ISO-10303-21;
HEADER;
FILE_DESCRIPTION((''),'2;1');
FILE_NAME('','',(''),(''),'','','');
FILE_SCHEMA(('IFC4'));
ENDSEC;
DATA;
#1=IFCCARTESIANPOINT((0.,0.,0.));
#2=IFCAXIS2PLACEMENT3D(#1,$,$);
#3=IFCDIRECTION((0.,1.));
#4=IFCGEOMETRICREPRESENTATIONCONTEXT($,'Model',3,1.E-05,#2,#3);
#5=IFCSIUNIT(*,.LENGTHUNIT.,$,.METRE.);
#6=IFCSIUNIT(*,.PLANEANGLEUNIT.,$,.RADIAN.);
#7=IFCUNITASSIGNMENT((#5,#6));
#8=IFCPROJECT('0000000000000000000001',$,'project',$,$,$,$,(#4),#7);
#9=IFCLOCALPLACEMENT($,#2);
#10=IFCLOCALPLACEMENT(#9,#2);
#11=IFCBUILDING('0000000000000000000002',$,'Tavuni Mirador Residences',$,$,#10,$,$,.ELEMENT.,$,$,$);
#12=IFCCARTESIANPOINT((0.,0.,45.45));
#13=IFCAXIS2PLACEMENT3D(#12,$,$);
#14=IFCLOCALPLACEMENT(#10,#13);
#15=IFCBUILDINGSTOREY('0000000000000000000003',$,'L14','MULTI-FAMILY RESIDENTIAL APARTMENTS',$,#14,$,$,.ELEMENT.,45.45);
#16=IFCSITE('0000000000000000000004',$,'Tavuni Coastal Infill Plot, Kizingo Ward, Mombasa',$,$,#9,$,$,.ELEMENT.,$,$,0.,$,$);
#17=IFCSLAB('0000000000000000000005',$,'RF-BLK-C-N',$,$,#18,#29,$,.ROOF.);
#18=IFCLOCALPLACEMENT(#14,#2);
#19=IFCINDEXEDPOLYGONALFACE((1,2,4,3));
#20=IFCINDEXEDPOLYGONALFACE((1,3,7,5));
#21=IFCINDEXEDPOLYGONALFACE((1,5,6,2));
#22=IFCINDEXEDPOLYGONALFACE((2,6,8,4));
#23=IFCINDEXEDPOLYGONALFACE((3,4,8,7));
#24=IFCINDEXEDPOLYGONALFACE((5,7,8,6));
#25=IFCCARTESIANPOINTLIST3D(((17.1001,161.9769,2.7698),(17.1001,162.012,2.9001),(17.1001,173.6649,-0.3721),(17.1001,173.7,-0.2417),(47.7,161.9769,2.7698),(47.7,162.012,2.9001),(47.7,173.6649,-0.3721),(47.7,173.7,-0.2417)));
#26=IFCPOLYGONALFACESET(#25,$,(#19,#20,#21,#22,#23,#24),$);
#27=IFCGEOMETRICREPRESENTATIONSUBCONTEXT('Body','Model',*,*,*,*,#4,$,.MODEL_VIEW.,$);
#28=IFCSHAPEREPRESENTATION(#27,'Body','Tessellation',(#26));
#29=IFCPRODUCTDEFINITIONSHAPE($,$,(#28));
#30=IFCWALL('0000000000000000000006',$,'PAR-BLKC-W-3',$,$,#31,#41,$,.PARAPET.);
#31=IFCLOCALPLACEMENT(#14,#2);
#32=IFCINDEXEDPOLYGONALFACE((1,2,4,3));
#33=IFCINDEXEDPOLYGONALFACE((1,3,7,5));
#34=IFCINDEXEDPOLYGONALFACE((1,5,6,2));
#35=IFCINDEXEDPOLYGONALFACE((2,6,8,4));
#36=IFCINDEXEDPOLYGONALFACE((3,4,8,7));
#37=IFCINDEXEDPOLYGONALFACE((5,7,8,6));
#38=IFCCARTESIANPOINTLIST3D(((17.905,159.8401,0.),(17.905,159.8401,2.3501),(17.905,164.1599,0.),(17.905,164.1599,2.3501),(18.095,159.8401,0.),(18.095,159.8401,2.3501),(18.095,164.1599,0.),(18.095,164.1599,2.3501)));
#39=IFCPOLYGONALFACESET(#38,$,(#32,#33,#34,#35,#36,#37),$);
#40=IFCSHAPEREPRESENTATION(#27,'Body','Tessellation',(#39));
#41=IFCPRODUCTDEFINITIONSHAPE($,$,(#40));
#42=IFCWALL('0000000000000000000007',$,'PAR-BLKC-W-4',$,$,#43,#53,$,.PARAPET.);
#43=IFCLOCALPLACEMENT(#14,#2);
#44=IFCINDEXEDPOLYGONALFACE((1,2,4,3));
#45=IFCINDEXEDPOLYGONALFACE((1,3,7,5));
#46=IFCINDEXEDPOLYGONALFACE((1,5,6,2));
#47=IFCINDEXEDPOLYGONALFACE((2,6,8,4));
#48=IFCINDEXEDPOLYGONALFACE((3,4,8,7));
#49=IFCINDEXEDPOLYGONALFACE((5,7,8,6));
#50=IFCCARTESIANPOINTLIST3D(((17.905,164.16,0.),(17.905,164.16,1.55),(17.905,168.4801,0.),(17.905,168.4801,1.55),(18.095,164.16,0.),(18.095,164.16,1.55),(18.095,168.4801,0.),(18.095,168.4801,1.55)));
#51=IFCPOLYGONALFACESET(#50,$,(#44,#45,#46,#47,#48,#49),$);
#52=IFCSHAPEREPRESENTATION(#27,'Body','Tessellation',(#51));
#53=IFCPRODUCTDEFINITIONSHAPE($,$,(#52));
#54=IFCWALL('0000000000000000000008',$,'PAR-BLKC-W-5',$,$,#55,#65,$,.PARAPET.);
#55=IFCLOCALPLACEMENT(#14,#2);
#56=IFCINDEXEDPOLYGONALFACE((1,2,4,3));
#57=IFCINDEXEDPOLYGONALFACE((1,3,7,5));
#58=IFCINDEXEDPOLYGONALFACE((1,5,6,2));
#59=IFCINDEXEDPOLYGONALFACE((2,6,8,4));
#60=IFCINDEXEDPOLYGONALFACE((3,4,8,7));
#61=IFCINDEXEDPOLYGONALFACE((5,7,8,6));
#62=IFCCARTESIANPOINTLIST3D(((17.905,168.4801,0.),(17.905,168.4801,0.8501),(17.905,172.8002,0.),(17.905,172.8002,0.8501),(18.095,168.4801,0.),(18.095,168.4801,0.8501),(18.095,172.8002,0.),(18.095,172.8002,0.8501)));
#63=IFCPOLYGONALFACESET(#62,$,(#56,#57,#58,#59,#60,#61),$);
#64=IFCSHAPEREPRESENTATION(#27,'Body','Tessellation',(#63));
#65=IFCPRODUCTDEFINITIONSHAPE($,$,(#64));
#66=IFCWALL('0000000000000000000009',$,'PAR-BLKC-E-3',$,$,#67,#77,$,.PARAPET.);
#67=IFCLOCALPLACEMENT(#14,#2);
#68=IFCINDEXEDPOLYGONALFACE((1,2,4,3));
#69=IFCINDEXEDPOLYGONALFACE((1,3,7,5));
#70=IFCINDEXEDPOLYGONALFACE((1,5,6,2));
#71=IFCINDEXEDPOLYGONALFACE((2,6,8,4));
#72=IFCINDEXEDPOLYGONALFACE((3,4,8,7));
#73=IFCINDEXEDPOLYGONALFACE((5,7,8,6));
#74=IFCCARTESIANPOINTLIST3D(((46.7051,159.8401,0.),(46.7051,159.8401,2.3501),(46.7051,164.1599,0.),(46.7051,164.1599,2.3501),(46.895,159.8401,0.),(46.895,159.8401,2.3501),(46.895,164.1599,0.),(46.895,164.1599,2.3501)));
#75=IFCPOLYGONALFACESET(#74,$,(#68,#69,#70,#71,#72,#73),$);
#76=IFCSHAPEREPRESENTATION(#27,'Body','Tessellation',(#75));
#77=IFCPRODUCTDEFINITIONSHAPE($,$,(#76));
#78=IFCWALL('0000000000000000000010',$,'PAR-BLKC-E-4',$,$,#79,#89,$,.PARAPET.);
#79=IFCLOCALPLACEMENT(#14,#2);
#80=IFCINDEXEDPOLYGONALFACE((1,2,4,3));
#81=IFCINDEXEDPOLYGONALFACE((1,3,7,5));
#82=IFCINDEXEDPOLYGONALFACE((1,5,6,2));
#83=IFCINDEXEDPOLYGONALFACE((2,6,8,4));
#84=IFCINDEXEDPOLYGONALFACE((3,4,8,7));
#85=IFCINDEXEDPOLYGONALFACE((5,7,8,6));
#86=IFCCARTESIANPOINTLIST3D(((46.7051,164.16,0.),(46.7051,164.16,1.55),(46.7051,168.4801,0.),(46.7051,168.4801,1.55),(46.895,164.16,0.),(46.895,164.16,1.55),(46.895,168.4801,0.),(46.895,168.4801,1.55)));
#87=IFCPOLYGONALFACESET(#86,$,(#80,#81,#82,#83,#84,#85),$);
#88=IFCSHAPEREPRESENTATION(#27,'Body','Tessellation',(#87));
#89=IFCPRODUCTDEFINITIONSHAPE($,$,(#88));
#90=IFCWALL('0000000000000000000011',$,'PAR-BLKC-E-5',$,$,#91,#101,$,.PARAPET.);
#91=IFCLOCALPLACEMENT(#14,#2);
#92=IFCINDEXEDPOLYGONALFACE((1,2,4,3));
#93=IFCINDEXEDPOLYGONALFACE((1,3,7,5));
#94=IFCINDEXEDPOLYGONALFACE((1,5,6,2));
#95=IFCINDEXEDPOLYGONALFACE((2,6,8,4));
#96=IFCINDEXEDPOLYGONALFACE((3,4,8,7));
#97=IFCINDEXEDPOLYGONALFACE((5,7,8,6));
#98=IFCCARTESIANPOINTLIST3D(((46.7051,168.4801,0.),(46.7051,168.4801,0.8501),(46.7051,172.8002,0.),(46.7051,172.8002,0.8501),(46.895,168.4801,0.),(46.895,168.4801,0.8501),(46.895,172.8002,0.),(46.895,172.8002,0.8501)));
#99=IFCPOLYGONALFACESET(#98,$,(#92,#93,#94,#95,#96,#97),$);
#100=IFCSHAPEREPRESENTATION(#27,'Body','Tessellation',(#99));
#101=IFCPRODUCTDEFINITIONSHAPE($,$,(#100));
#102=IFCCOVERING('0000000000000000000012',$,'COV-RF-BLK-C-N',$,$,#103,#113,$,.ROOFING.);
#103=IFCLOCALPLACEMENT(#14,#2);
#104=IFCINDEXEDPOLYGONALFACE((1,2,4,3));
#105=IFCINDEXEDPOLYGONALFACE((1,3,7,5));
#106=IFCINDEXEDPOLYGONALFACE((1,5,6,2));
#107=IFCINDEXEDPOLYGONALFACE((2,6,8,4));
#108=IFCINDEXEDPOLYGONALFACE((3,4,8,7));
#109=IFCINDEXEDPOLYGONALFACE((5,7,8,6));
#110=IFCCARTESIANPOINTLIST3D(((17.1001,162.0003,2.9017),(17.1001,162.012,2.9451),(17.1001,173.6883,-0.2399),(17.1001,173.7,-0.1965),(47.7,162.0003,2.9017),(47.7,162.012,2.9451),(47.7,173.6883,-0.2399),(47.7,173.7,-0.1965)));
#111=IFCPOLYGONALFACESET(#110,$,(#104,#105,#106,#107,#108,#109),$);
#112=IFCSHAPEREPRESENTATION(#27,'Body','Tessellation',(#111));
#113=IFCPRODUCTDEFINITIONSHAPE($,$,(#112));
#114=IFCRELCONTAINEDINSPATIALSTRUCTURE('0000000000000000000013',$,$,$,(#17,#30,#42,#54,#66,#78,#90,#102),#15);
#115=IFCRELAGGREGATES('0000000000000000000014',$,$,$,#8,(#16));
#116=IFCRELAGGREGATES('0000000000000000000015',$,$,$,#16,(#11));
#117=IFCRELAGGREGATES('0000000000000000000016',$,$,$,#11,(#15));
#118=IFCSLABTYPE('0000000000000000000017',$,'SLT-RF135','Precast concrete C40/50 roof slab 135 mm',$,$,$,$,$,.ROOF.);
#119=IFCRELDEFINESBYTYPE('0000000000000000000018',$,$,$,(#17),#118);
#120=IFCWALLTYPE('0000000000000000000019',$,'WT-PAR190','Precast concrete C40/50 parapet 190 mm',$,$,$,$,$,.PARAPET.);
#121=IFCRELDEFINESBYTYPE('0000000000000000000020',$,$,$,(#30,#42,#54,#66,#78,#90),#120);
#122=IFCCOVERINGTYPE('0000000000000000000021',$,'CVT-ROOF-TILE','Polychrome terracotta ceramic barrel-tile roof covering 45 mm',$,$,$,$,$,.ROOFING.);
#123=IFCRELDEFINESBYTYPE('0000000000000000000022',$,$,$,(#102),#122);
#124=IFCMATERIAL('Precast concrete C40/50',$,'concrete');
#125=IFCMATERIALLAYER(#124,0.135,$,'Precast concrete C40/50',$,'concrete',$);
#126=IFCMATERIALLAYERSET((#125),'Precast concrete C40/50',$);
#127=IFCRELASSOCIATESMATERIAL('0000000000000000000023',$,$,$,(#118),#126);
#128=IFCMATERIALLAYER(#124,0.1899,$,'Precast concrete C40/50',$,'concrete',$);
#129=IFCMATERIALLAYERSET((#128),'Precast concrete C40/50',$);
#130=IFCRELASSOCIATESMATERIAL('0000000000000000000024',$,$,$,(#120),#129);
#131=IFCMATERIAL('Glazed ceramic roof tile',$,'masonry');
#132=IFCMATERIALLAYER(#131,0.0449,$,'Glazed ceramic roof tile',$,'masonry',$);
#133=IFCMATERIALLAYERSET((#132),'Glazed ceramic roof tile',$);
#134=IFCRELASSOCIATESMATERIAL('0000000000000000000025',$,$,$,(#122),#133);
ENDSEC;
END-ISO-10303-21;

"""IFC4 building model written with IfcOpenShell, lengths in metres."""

from ifc_helpers import new_model, si_unit, direction, frame, frame_2d, origin, place, context, subcontext, project, spatial, polyline, rectangle, outline, extrude, material, layer, layer_set, type_object, element, save


model = new_model("IFC4")

# Units and contexts
model_context = context("Model", 3, precision=1e-05, world=origin(), true_north=direction((0.0, 1.0)))
body_context = subcontext(model_context, "Body", "Model", "MODEL_VIEW")
ifc_project = project(units=[si_unit("LENGTHUNIT", "METRE"), si_unit("PLANEANGLEUNIT", "RADIAN")], contexts=[model_context])

# Site, building, storey
site_placement = place(None, origin())
site = spatial("IfcSite", under=ifc_project, at=site_placement, Name="Tavuni Coastal Infill Plot, Kizingo Ward, Mombasa", CompositionType="ELEMENT", RefElevation=0.0)
building_placement = place(site_placement, origin())
building = spatial("IfcBuilding", under=site, at=building_placement, Name="Tavuni Mirador Residences", CompositionType="ELEMENT")
storey_placement = place(building_placement, frame((0.0, 0.0, 45.45)))
storey = spatial("IfcBuildingStorey", under=building, at=storey_placement, Name="L14", Description="MULTI-FAMILY RESIDENTIAL APARTMENTS", CompositionType="ELEMENT", Elevation=45.45)

# Slab
ifc_material_1 = material(Name="Precast concrete C40/50", Category="concrete")
ifc_layer_1 = layer(ifc_material_1, 0.135, Name="Precast concrete C40/50", Category="concrete")
ifc_layer_set_1 = layer_set([ifc_layer_1], Name="Precast concrete C40/50")
slab_type = type_object("IfcSlabType", Name="SLT-RF135", Description="Precast concrete C40/50 roof slab 135 mm", PredefinedType="ROOF", material=ifc_layer_set_1)
slab_placement = place(storey_placement, frame((17.1001, 162.012, 2.9001), z_axis=(0.0, 0.259594, 0.965718), x_axis=(1.0, 0.0, 0.0)))
element("IfcSlab", 1, at=slab_placement, inside=storey, type_object=slab_type, Name="RF-BLK-C-N", PredefinedType="ROOF", context=body_context, shape_type="SweptSolid", body=[
    extrude(outline(polyline([(0.0, 0.0), (30.5999, 0.0), (30.5999, 12.1029), (0.0, 12.1029), (0.0, 0.0)])), origin(), (0.0, 0.0, -1.0), 0.135),
])

# Walls
ifc_layer_2 = layer(ifc_material_1, 0.1899, Name="Precast concrete C40/50", Category="concrete")
ifc_layer_set_2 = layer_set([ifc_layer_2], Name="Precast concrete C40/50")
wall_type = type_object("IfcWallType", Name="WT-PAR190", Description="Precast concrete C40/50 parapet 190 mm", PredefinedType="PARAPET", material=ifc_layer_set_2)
wall_1_placement = place(storey_placement, frame((18.0, 159.8401, 0.0), z_axis=(0.0, 0.0, 1.0), x_axis=(0.0, 1.0, 0.0)))
element("IfcWall", 2, at=wall_1_placement, inside=storey, type_object=wall_type, Name="PAR-BLKC-W-3", PredefinedType="PARAPET", context=body_context, shape_type="SweptSolid", body=[
    extrude(rectangle(XDim=4.3198, YDim=0.1899, at=frame_2d((2.1599, 0.0))), origin(), (0.0, 0.0, 1.0), 2.3501),
])
wall_2_placement = place(storey_placement, frame((18.0, 164.1599, 0.0), z_axis=(0.0, 0.0, 1.0), x_axis=(0.0, 1.0, 0.0)))
element("IfcWall", 3, at=wall_2_placement, inside=storey, type_object=wall_type, Name="PAR-BLKC-W-4", PredefinedType="PARAPET", context=body_context, shape_type="SweptSolid", body=[
    extrude(rectangle(XDim=4.3201, YDim=0.1899, at=frame_2d((2.1602, 0.0))), origin(), (0.0, 0.0, 1.0), 1.55),
])
wall_3_placement = place(storey_placement, frame((18.0, 168.48, 0.0), z_axis=(0.0, 0.0, 1.0), x_axis=(0.0, 1.0, 0.0)))
element("IfcWall", 4, at=wall_3_placement, inside=storey, type_object=wall_type, Name="PAR-BLKC-W-5", PredefinedType="PARAPET", context=body_context, shape_type="SweptSolid", body=[
    extrude(rectangle(XDim=4.3201, YDim=0.1899, at=frame_2d((2.1602, 0.0))), origin(), (0.0, 0.0, 1.0), 0.8501),
])
wall_4_placement = place(storey_placement, frame((46.8, 159.8401, 0.0), z_axis=(0.0, 0.0, 1.0), x_axis=(0.0, 1.0, 0.0)))
element("IfcWall", 5, at=wall_4_placement, inside=storey, type_object=wall_type, Name="PAR-BLKC-E-3", PredefinedType="PARAPET", context=body_context, shape_type="SweptSolid", body=[
    extrude(rectangle(XDim=4.3198, YDim=0.1899, at=frame_2d((2.1599, 0.0))), origin(), (0.0, 0.0, 1.0), 2.3501),
])
wall_5_placement = place(storey_placement, frame((46.8, 164.1599, 0.0), z_axis=(0.0, 0.0, 1.0), x_axis=(0.0, 1.0, 0.0)))
element("IfcWall", 6, at=wall_5_placement, inside=storey, type_object=wall_type, Name="PAR-BLKC-E-4", PredefinedType="PARAPET", context=body_context, shape_type="SweptSolid", body=[
    extrude(rectangle(XDim=4.3201, YDim=0.1899, at=frame_2d((2.1602, 0.0))), origin(), (0.0, 0.0, 1.0), 1.55),
])
wall_6_placement = place(storey_placement, frame((46.8, 168.48, 0.0), z_axis=(0.0, 0.0, 1.0), x_axis=(0.0, 1.0, 0.0)))
element("IfcWall", 7, at=wall_6_placement, inside=storey, type_object=wall_type, Name="PAR-BLKC-E-5", PredefinedType="PARAPET", context=body_context, shape_type="SweptSolid", body=[
    extrude(rectangle(XDim=4.3201, YDim=0.1899, at=frame_2d((2.1602, 0.0))), origin(), (0.0, 0.0, 1.0), 0.8501),
])

# Covering
ifc_material_2 = material(Name="Glazed ceramic roof tile", Category="masonry")
ifc_layer_3 = layer(ifc_material_2, 0.0449, Name="Glazed ceramic roof tile", Category="masonry")
ifc_layer_set_3 = layer_set([ifc_layer_3], Name="Glazed ceramic roof tile")
covering_type = type_object("IfcCoveringType", Name="CVT-ROOF-TILE", Description="Polychrome terracotta ceramic barrel-tile roof covering 45 mm", PredefinedType="ROOFING", material=ifc_layer_set_3)
covering_placement = place(storey_placement, frame((17.1001, 162.012, 2.9451), z_axis=(0.0, 0.259576, 0.965723), x_axis=(1.0, 0.0, 0.0)))
element("IfcCovering", 8, at=covering_placement, inside=storey, type_object=covering_type, Name="COV-RF-BLK-C-N", PredefinedType="ROOFING", context=body_context, shape_type="SweptSolid", body=[
    extrude(outline(polyline([(0.0, 0.0), (30.5999, 0.0), (30.5999, 12.1028), (0.0, 12.1028), (0.0, 0.0)])), origin(), (0.0, 0.0, -1.0), 0.0449),
])

save(model, "model.ifc")
